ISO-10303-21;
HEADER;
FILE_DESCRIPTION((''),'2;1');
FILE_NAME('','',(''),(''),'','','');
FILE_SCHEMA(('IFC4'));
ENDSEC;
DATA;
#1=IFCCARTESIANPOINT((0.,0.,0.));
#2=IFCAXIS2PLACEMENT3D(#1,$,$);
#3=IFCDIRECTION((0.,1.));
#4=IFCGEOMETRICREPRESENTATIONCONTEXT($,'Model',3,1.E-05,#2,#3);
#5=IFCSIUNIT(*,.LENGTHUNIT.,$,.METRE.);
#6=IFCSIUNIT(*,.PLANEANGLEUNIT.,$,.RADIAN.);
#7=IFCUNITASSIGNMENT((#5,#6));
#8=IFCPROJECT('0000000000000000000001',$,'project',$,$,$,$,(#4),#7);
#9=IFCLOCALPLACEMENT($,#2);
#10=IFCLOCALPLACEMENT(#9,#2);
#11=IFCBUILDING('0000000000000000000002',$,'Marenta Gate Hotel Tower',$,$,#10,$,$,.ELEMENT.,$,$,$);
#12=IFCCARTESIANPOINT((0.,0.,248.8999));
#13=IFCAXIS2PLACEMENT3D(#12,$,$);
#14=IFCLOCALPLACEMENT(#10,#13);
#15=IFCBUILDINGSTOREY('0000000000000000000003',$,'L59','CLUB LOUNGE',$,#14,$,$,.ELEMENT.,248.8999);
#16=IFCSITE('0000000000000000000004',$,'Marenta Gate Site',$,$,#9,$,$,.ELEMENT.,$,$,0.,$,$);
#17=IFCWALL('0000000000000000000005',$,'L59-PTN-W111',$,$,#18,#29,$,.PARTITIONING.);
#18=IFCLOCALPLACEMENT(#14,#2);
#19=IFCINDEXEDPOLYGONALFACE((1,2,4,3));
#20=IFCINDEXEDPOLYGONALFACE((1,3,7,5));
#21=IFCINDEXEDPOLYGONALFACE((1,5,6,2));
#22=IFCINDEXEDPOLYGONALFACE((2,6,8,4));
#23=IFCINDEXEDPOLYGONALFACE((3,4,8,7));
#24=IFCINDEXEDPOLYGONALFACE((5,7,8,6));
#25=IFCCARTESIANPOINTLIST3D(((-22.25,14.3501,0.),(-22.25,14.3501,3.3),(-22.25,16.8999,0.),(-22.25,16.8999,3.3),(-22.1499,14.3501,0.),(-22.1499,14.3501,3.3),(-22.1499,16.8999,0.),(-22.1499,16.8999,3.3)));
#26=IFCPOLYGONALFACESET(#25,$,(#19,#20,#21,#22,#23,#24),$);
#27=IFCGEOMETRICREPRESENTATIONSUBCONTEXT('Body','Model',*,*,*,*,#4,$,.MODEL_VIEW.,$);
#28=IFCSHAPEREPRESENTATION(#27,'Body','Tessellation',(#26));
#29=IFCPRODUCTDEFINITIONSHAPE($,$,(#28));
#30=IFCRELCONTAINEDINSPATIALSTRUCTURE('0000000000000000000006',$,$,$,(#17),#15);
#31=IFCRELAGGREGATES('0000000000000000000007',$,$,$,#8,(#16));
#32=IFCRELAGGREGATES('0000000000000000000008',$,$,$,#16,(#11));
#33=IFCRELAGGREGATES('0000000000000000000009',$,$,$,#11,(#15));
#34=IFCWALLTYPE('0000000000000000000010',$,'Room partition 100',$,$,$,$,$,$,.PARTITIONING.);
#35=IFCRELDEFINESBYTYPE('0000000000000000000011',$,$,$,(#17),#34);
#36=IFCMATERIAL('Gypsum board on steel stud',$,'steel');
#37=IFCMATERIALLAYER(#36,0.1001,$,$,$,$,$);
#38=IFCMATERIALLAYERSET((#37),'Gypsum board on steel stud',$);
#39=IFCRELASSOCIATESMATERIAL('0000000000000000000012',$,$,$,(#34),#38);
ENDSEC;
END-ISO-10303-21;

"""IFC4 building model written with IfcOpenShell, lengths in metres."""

from ifc_helpers import new_model, si_unit, direction, frame, frame_2d, origin, place, context, subcontext, project, spatial, rectangle, extrude, material, layer, layer_set, type_object, element, save


model = new_model("IFC4")

# Units and contexts
model_context = context("Model", 3, precision=1e-05, world=origin(), true_north=direction((0.0, 1.0)))
body_context = subcontext(model_context, "Body", "Model", "MODEL_VIEW")
ifc_project = project(units=[si_unit("LENGTHUNIT", "METRE"), si_unit("PLANEANGLEUNIT", "RADIAN")], contexts=[model_context])

# Site, building, storey
site_placement = place(None, origin())
site = spatial("IfcSite", under=ifc_project, at=site_placement, Name="Marenta Gate Site", CompositionType="ELEMENT", RefElevation=0.0)
building_placement = place(site_placement, origin())
building = spatial("IfcBuilding", under=site, at=building_placement, Name="Marenta Gate Hotel Tower", CompositionType="ELEMENT")
storey_placement = place(building_placement, frame((0.0, 0.0, 248.8999)))
storey = spatial("IfcBuildingStorey", under=building, at=storey_placement, Name="L59", Description="CLUB LOUNGE", CompositionType="ELEMENT", Elevation=248.8999)

# Shared definitions
ifc_material_1 = material(Name="Gypsum board on steel stud", Category="steel")
ifc_layer_1 = layer(ifc_material_1, 0.1001)
ifc_layer_set_1 = layer_set([ifc_layer_1], Name="Gypsum board on steel stud")
wall_type_1 = type_object("IfcWallType", Name="Room partition 100", PredefinedType="PARTITIONING", material=ifc_layer_set_1)

# Wall
wall_1_placement = place(storey_placement, frame((-22.2, 14.3501, 0.0), z_axis=(0.0, 0.0, 1.0), x_axis=(0.0, 1.0, 0.0)))
element("IfcWall", 1, at=wall_1_placement, inside=storey, type_object=wall_type_1, Name="L59-PTN-W111", PredefinedType="PARTITIONING", context=body_context, shape_type="SweptSolid", body=[
    extrude(rectangle(XDim=2.5498, YDim=0.1001, at=frame_2d((1.2749, 0.0))), origin(), (0.0, 0.0, 1.0), 3.3),
])

save(model, "model.ifc")
